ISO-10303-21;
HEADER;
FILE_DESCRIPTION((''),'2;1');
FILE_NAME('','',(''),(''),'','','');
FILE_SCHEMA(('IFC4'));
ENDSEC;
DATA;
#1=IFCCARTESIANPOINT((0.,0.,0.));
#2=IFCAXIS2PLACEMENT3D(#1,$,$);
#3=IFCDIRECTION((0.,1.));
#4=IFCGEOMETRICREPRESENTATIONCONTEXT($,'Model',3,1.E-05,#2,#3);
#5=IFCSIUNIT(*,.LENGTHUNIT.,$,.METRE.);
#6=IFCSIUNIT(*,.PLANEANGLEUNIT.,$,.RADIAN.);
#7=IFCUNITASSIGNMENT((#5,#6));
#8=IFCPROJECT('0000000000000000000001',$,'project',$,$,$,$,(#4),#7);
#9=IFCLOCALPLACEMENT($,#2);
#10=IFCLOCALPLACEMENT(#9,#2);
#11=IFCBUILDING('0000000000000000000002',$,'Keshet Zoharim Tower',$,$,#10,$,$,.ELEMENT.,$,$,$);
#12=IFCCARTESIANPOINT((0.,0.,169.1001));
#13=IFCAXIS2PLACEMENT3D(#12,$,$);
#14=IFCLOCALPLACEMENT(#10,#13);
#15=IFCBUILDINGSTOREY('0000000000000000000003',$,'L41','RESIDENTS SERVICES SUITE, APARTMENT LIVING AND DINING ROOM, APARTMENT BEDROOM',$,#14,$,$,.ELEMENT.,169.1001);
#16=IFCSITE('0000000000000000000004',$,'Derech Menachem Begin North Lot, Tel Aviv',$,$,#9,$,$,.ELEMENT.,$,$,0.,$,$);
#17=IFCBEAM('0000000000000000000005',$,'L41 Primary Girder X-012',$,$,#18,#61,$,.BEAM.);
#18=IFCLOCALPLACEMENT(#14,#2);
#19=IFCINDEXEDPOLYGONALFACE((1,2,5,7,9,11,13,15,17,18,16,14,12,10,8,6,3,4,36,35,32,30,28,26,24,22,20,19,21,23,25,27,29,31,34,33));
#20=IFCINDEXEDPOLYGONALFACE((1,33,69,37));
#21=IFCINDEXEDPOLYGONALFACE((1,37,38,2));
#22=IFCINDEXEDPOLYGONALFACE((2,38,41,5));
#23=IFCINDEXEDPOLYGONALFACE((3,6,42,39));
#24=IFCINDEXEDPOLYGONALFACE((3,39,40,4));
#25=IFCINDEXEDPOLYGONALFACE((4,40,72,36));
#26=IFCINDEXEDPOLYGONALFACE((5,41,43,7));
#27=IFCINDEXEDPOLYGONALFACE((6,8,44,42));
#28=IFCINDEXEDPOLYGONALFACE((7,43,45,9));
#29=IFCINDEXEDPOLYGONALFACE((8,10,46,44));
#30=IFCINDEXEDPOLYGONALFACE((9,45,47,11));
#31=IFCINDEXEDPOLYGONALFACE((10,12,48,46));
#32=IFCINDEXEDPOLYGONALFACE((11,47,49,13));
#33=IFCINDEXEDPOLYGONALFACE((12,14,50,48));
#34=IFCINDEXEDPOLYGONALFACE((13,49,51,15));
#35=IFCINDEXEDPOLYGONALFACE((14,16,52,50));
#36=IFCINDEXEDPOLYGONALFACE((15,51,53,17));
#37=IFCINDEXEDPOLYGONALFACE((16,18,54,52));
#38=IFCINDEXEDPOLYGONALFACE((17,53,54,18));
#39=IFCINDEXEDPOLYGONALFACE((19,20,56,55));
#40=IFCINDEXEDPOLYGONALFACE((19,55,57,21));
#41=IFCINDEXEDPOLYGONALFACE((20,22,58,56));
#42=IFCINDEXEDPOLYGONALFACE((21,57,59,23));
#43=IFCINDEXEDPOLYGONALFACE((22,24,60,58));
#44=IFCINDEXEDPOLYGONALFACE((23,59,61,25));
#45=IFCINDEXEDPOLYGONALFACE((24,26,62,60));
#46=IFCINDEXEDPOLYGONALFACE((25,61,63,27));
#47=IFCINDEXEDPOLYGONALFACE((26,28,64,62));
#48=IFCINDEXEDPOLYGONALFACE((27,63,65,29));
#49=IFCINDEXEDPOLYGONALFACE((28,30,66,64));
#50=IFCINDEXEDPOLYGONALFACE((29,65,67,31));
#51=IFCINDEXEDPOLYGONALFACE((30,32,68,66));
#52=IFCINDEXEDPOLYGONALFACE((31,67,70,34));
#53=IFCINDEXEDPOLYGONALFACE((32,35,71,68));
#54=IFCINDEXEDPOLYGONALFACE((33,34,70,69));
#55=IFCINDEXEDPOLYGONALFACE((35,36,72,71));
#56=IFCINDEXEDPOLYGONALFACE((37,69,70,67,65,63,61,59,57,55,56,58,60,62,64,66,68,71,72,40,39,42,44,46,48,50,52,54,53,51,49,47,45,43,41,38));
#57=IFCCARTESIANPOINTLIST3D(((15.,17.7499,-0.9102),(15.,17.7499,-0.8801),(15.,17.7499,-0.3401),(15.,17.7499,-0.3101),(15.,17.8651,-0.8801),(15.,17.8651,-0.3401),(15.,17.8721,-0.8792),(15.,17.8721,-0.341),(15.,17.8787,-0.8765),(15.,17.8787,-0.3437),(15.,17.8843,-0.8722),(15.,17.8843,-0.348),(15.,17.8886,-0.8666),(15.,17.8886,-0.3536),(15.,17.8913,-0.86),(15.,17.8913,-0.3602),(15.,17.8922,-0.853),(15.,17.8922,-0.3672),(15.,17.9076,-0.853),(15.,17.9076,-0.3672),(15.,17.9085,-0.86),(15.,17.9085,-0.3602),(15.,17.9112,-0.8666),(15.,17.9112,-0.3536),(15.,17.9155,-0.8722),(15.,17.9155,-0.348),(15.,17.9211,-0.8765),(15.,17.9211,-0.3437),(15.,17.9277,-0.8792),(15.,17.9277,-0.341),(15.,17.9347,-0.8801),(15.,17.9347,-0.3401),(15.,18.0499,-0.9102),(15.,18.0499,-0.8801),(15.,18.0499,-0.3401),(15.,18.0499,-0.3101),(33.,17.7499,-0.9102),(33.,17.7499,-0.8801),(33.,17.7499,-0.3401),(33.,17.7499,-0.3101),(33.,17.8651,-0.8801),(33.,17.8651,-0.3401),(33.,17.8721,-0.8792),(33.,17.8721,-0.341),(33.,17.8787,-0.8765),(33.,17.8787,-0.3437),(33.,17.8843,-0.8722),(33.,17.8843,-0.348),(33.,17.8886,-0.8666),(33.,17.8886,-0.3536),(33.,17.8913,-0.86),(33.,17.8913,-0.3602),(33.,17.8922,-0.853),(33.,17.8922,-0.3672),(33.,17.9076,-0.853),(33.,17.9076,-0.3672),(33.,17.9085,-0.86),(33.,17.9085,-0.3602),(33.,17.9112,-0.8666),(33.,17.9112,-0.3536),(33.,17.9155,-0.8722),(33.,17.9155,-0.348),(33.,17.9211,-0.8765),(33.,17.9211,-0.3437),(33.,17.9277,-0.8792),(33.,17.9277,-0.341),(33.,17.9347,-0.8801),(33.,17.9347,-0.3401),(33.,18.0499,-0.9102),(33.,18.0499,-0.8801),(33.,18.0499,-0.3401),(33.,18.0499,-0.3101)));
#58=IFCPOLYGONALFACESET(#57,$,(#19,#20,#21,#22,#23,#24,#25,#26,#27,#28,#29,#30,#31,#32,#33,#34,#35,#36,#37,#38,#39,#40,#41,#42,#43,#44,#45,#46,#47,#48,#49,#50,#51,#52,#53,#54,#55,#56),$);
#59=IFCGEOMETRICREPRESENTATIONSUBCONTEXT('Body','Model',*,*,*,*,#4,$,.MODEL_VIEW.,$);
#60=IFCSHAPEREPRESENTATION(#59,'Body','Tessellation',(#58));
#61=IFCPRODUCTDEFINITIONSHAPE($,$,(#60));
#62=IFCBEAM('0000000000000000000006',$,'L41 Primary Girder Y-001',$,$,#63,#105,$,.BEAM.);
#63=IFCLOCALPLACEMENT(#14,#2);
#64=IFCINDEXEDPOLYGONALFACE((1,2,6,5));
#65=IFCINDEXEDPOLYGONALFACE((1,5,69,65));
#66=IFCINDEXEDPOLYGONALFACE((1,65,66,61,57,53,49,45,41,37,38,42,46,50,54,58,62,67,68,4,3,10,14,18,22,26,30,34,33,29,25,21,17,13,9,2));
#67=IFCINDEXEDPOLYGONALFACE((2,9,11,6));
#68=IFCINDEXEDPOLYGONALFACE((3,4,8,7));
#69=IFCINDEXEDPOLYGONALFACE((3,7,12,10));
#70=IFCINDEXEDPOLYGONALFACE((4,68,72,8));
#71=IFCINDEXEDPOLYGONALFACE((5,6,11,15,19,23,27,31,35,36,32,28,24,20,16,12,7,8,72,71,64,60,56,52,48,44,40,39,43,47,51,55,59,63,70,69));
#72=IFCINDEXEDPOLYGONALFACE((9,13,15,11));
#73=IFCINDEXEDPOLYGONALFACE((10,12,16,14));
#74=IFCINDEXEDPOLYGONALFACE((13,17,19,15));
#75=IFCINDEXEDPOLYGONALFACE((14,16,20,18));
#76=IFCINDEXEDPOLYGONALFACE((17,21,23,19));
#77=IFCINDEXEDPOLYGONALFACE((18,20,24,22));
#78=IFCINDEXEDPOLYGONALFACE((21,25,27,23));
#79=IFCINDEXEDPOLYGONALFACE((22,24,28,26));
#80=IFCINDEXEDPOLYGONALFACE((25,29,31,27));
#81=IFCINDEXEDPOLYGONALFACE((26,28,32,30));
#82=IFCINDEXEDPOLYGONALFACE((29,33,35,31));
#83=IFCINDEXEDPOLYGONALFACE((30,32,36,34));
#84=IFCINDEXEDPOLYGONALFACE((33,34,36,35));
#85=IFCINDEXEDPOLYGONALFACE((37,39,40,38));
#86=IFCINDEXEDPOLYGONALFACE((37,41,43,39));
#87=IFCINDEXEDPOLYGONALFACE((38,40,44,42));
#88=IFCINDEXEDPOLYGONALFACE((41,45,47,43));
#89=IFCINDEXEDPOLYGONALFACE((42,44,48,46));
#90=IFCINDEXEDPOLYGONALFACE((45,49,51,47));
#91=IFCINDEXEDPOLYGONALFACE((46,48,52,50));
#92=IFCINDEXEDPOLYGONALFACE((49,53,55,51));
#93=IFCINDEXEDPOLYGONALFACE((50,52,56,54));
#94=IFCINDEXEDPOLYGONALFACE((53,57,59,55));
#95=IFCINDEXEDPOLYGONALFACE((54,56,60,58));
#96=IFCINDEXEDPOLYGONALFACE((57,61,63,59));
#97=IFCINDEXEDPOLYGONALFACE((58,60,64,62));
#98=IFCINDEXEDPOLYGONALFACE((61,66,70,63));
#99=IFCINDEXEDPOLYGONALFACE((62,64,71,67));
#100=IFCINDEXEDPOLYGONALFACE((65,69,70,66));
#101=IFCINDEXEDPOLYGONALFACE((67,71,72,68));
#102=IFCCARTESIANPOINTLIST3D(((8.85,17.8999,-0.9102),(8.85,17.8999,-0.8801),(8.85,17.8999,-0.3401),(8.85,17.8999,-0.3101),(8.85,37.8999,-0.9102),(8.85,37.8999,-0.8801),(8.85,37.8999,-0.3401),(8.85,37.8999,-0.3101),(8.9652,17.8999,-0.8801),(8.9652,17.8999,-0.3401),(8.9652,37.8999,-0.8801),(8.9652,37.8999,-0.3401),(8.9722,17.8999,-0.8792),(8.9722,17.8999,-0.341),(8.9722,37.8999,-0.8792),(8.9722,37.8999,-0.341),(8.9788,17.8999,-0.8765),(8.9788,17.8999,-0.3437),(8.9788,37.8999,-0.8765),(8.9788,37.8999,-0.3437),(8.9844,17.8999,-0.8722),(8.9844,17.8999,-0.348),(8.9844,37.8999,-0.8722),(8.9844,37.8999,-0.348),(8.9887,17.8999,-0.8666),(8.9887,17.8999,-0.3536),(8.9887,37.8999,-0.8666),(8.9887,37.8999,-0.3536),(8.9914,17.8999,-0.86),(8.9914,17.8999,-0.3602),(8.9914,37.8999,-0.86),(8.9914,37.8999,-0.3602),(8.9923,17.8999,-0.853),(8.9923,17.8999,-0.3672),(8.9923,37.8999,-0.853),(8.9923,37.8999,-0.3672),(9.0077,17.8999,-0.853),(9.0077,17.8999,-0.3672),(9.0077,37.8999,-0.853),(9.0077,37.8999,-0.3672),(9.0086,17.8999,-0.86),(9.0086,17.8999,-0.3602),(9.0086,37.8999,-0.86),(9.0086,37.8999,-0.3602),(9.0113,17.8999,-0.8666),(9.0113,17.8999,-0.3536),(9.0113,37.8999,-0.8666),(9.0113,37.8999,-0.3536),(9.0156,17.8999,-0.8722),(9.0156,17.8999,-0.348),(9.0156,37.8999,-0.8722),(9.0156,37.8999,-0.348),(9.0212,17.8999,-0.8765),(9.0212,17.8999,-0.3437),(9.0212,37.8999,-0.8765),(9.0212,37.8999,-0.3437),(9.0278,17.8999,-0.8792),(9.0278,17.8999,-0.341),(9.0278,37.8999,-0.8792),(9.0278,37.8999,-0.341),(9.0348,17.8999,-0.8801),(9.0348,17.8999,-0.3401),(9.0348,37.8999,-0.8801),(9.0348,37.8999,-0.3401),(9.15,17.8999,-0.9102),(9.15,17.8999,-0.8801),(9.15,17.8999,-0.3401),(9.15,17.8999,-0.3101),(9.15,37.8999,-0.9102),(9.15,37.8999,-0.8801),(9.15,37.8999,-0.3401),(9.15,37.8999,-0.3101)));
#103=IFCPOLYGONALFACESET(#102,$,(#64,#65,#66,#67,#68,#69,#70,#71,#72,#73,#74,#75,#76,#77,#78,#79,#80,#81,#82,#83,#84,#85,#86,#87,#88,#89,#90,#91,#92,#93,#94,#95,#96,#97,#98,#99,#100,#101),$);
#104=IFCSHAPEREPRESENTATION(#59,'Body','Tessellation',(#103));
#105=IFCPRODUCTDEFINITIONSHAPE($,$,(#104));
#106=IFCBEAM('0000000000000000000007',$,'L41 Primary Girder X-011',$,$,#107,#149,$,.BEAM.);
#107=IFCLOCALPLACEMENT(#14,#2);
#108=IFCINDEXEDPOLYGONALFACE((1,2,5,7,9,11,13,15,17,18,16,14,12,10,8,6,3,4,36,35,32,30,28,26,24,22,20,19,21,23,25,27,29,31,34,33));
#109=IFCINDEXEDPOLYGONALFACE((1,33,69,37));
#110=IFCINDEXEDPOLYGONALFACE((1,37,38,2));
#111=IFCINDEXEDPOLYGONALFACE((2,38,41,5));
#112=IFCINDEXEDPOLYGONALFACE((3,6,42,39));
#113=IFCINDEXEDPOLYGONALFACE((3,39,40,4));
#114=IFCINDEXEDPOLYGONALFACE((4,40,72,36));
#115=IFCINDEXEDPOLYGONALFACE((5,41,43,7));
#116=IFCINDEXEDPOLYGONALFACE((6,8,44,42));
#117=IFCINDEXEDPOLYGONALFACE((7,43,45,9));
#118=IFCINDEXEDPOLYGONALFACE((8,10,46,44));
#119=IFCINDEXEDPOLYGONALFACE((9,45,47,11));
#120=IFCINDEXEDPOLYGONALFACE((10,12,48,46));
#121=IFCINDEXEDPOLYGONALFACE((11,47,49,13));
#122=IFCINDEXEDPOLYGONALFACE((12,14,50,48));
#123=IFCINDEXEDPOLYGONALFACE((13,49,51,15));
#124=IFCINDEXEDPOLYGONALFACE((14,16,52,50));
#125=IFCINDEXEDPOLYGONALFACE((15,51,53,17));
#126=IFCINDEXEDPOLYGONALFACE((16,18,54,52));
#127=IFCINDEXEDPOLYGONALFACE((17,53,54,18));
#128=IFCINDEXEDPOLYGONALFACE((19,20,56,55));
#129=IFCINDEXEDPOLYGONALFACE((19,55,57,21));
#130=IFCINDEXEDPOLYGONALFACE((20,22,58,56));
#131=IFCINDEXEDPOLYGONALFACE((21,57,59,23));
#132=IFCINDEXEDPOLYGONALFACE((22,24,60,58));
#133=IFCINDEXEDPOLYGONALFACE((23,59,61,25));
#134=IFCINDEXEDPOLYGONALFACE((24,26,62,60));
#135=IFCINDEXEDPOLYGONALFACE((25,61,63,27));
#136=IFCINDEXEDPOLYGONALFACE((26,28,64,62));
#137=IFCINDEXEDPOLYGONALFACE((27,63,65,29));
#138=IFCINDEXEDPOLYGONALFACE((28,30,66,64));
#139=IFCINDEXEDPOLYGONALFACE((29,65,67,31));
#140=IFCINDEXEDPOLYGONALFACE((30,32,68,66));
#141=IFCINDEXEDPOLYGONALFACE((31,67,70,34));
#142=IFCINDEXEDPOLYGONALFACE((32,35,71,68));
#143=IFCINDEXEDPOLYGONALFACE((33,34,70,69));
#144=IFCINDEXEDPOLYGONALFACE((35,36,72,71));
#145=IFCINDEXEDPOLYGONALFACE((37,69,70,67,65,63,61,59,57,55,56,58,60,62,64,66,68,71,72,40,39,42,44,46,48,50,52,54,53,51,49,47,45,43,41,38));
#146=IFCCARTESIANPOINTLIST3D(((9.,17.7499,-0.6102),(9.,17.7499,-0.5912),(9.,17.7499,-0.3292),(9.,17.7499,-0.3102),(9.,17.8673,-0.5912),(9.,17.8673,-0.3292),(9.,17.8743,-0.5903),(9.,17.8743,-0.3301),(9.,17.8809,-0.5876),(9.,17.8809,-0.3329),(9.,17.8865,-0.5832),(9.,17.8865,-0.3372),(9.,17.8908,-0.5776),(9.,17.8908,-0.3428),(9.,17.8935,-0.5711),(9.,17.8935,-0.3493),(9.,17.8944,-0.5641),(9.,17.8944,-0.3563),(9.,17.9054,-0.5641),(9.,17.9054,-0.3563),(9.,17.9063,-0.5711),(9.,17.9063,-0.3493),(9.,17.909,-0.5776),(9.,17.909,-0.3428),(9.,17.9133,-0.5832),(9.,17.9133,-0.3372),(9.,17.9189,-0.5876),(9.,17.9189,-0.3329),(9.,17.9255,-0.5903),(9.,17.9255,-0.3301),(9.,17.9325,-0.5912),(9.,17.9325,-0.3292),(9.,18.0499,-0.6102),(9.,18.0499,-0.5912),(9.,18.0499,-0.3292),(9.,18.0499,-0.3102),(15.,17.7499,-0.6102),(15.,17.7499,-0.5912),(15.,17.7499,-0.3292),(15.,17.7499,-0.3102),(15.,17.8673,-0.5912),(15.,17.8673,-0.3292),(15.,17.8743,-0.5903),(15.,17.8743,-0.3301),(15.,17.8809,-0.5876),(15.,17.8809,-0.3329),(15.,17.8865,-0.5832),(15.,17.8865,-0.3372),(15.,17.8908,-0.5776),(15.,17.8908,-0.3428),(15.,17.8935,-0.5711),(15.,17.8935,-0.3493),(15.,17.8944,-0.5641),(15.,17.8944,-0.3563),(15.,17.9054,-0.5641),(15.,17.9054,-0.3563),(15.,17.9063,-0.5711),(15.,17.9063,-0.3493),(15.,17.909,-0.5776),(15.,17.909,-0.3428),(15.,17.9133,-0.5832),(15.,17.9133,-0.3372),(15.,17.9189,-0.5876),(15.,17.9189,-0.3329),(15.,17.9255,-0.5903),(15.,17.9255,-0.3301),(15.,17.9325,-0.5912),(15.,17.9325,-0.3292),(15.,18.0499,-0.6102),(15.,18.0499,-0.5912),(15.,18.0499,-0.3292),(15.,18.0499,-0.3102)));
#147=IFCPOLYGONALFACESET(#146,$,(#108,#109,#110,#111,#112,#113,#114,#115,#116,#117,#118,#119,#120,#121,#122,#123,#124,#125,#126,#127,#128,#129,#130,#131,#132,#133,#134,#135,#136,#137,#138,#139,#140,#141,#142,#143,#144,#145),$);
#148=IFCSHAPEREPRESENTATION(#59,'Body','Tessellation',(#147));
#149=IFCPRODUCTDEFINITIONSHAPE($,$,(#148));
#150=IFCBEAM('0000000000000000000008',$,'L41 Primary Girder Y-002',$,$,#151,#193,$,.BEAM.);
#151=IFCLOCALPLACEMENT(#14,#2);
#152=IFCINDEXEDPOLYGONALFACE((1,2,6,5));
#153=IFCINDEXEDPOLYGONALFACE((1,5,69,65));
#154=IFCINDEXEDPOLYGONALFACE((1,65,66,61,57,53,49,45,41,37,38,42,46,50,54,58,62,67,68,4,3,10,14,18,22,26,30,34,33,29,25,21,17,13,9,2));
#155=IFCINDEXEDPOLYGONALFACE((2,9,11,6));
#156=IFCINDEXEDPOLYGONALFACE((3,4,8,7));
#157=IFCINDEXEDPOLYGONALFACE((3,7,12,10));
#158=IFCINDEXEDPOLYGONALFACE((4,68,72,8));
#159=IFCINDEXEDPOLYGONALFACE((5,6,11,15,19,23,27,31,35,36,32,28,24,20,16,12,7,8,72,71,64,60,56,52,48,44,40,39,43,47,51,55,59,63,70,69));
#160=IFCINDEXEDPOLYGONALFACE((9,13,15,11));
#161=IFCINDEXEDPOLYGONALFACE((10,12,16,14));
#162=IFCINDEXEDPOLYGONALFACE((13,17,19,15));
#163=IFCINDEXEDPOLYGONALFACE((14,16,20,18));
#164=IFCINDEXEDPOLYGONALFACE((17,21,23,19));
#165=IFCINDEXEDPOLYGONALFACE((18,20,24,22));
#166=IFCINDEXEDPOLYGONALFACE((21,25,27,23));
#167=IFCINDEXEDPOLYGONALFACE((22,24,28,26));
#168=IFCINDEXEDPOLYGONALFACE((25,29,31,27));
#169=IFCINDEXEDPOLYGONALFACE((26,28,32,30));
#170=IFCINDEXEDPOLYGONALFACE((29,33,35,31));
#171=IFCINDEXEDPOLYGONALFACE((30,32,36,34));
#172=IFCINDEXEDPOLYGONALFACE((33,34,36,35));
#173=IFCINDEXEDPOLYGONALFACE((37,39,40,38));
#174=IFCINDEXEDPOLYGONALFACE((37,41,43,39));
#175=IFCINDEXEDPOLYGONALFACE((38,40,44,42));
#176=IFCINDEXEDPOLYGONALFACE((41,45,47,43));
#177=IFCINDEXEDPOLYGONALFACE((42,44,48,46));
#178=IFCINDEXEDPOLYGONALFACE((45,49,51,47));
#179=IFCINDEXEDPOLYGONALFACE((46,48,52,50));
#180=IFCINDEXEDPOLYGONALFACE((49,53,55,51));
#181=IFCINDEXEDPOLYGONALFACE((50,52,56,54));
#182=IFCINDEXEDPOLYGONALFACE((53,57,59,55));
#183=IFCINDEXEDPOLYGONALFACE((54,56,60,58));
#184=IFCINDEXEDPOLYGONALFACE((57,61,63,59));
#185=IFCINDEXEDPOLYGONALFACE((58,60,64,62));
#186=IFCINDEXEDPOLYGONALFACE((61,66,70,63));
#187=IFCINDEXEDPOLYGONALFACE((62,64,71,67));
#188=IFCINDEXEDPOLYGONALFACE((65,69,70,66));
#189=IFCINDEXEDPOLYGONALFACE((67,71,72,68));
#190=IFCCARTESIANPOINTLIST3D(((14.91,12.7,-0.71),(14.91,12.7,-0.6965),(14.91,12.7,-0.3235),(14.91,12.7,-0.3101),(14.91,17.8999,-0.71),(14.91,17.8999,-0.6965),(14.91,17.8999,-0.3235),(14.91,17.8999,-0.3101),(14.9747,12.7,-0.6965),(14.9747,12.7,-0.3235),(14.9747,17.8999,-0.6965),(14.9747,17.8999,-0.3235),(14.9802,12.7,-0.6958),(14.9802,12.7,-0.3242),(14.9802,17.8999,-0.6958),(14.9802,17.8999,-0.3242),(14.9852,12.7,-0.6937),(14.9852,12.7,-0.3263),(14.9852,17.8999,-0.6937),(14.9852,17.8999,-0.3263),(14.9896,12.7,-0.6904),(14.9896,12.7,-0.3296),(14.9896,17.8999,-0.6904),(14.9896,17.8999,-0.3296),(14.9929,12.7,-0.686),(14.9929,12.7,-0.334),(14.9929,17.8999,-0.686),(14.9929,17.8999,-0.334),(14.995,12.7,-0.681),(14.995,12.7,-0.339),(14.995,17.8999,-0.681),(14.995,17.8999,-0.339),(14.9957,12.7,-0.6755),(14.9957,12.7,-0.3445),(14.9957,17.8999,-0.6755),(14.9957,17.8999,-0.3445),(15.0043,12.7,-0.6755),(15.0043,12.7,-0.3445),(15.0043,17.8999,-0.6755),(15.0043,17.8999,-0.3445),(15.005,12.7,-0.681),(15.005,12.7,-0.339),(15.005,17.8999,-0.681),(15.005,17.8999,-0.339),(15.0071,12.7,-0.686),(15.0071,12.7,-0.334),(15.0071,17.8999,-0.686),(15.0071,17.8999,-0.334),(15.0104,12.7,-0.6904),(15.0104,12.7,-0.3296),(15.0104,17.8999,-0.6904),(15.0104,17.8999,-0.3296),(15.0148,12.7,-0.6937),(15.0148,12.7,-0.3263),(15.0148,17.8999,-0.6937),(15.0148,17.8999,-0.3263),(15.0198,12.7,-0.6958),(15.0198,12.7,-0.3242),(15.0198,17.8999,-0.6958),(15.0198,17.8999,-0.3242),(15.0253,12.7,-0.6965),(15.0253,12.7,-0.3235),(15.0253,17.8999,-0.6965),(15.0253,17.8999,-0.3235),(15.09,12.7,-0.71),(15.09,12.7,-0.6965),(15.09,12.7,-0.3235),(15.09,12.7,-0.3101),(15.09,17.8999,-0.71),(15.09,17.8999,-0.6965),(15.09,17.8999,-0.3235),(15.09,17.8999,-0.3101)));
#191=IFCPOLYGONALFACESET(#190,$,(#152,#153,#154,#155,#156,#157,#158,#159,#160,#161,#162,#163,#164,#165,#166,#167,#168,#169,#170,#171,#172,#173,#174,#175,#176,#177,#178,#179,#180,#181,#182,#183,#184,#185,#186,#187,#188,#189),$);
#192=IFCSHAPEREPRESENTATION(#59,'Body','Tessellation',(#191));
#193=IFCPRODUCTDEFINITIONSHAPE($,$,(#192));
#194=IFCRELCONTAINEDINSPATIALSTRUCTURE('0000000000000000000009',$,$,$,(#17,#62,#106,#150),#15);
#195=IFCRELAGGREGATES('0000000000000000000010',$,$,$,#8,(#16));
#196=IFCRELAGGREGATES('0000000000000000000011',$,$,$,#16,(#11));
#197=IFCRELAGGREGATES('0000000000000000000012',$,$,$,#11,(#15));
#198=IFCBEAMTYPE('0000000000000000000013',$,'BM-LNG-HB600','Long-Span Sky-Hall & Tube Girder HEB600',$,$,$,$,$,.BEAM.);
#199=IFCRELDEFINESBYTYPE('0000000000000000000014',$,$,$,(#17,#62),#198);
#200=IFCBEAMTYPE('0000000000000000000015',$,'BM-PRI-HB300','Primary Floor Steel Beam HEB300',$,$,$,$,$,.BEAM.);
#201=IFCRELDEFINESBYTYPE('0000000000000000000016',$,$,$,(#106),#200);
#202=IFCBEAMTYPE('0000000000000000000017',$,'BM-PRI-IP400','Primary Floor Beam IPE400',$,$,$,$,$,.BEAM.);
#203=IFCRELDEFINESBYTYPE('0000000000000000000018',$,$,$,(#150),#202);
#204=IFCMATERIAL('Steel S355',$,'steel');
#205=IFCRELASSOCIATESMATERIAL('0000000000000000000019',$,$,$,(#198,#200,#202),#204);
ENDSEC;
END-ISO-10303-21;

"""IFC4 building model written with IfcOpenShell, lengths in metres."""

from ifc_helpers import new_model, si_unit, direction, frame, origin, origin_2d, place, context, subcontext, project, spatial, i_section, extrude, material, material_profile, profile_set, type_object, element, save


model = new_model("IFC4")

# Units and contexts
model_context = context("Model", 3, precision=1e-05, world=origin(), true_north=direction((0.0, 1.0)))
body_context = subcontext(model_context, "Body", "Model", "MODEL_VIEW")
ifc_project = project(units=[si_unit("LENGTHUNIT", "METRE"), si_unit("PLANEANGLEUNIT", "RADIAN")], contexts=[model_context])

# Site, building, storey
site_placement = place(None, origin())
site = spatial("IfcSite", under=ifc_project, at=site_placement, Name="Derech Menachem Begin North Lot, Tel Aviv", CompositionType="ELEMENT", RefElevation=0.0)
building_placement = place(site_placement, origin())
building = spatial("IfcBuilding", under=site, at=building_placement, Name="Keshet Zoharim Tower", CompositionType="ELEMENT")
storey_placement = place(building_placement, frame((0.0, 0.0, 169.1001)))
storey = spatial("IfcBuildingStorey", under=building, at=storey_placement, Name="L41", Description="RESIDENTS SERVICES SUITE, APARTMENT LIVING AND DINING ROOM, APARTMENT BEDROOM", CompositionType="ELEMENT", Elevation=169.1001)

# Shared definitions
ifc_material_1 = material(Name="Steel S355", Category="steel")

# Beams
ifc_material_profile_1 = material_profile(ifc_material_1, i_section(OverallWidth=0.3, OverallDepth=0.6001, WebThickness=0.0154, FlangeThickness=0.03, FilletRadius=0.0271, at=origin_2d()), Name="HEB600")
ifc_profile_set_1 = profile_set([ifc_material_profile_1], Name="Steel S355")
beam_type_1 = type_object("IfcBeamType", Name="BM-LNG-HB600", Description="Long-Span Sky-Hall & Tube Girder HEB600", PredefinedType="BEAM", material=ifc_profile_set_1)
for number, where, z_axis, x_axis, name in (
    (1, (15.0, 17.8999, -0.6101), (1.0, 0.0, 0.0), (0.0, 1.0, 0.0), "L41 Primary Girder X-012"),
):
    element("IfcBeam", number, at=place(storey_placement, frame(where, z_axis=z_axis, x_axis=x_axis)), inside=storey, type_object=beam_type_1, Name=name, PredefinedType="BEAM", context=body_context, shape_type="SweptSolid", body=[
        extrude(i_section(OverallWidth=0.3, OverallDepth=0.6001, WebThickness=0.0154, FlangeThickness=0.03, FilletRadius=0.0271, at=origin_2d()), origin(), (0.0, 0.0, 1.0), 18.0),
    ])
beam_1_placement = place(storey_placement, frame((9.0, 17.8999, -0.6101), z_axis=(0.0, 1.0, 0.0), x_axis=(-1.0, 0.0, 0.0)))
element("IfcBeam", 2, at=beam_1_placement, inside=storey, type_object=beam_type_1, Name="L41 Primary Girder Y-001", PredefinedType="BEAM", context=body_context, shape_type="SweptSolid", body=[
    extrude(i_section(OverallWidth=0.3, OverallDepth=0.6001, WebThickness=0.0154, FlangeThickness=0.03, FilletRadius=0.0271, at=origin_2d()), origin(), (0.0, 0.0, 1.0), 20.0),
])
ifc_material_profile_2 = material_profile(ifc_material_1, i_section(OverallWidth=0.3, OverallDepth=0.3, WebThickness=0.011, FlangeThickness=0.019, FilletRadius=0.0271, at=origin_2d()), Name="HEB300")
ifc_profile_set_2 = profile_set([ifc_material_profile_2], Name="Steel S355")
beam_type_2 = type_object("IfcBeamType", Name="BM-PRI-HB300", Description="Primary Floor Steel Beam HEB300", PredefinedType="BEAM", material=ifc_profile_set_2)
beam_2_placement = place(storey_placement, frame((9.0, 17.8999, -0.4602), z_axis=(1.0, 0.0, 0.0), x_axis=(0.0, 1.0, 0.0)))
element("IfcBeam", 3, at=beam_2_placement, inside=storey, type_object=beam_type_2, Name="L41 Primary Girder X-011", PredefinedType="BEAM", context=body_context, shape_type="SweptSolid", body=[
    extrude(i_section(OverallWidth=0.3, OverallDepth=0.3, WebThickness=0.011, FlangeThickness=0.019, FilletRadius=0.0271, at=origin_2d()), origin(), (0.0, 0.0, 1.0), 6.0),
])
ifc_material_profile_3 = material_profile(ifc_material_1, i_section(OverallWidth=0.1799, OverallDepth=0.3999, WebThickness=0.0085, FlangeThickness=0.0134, FilletRadius=0.021, at=origin_2d()), Name="IPE400")
ifc_profile_set_3 = profile_set([ifc_material_profile_3], Name="Steel S355")
beam_type_3 = type_object("IfcBeamType", Name="BM-PRI-IP400", Description="Primary Floor Beam IPE400", PredefinedType="BEAM", material=ifc_profile_set_3)
beam_3_placement = place(storey_placement, frame((15.0, 12.7, -0.51), z_axis=(0.0, 1.0, 0.0), x_axis=(-1.0, 0.0, 0.0)))
element("IfcBeam", 4, at=beam_3_placement, inside=storey, type_object=beam_type_3, Name="L41 Primary Girder Y-002", PredefinedType="BEAM", context=body_context, shape_type="SweptSolid", body=[
    extrude(i_section(OverallWidth=0.1799, OverallDepth=0.3999, WebThickness=0.0085, FlangeThickness=0.0134, FilletRadius=0.021, at=origin_2d()), origin(), (0.0, 0.0, 1.0), 5.2),
])

save(model, "model.ifc")
